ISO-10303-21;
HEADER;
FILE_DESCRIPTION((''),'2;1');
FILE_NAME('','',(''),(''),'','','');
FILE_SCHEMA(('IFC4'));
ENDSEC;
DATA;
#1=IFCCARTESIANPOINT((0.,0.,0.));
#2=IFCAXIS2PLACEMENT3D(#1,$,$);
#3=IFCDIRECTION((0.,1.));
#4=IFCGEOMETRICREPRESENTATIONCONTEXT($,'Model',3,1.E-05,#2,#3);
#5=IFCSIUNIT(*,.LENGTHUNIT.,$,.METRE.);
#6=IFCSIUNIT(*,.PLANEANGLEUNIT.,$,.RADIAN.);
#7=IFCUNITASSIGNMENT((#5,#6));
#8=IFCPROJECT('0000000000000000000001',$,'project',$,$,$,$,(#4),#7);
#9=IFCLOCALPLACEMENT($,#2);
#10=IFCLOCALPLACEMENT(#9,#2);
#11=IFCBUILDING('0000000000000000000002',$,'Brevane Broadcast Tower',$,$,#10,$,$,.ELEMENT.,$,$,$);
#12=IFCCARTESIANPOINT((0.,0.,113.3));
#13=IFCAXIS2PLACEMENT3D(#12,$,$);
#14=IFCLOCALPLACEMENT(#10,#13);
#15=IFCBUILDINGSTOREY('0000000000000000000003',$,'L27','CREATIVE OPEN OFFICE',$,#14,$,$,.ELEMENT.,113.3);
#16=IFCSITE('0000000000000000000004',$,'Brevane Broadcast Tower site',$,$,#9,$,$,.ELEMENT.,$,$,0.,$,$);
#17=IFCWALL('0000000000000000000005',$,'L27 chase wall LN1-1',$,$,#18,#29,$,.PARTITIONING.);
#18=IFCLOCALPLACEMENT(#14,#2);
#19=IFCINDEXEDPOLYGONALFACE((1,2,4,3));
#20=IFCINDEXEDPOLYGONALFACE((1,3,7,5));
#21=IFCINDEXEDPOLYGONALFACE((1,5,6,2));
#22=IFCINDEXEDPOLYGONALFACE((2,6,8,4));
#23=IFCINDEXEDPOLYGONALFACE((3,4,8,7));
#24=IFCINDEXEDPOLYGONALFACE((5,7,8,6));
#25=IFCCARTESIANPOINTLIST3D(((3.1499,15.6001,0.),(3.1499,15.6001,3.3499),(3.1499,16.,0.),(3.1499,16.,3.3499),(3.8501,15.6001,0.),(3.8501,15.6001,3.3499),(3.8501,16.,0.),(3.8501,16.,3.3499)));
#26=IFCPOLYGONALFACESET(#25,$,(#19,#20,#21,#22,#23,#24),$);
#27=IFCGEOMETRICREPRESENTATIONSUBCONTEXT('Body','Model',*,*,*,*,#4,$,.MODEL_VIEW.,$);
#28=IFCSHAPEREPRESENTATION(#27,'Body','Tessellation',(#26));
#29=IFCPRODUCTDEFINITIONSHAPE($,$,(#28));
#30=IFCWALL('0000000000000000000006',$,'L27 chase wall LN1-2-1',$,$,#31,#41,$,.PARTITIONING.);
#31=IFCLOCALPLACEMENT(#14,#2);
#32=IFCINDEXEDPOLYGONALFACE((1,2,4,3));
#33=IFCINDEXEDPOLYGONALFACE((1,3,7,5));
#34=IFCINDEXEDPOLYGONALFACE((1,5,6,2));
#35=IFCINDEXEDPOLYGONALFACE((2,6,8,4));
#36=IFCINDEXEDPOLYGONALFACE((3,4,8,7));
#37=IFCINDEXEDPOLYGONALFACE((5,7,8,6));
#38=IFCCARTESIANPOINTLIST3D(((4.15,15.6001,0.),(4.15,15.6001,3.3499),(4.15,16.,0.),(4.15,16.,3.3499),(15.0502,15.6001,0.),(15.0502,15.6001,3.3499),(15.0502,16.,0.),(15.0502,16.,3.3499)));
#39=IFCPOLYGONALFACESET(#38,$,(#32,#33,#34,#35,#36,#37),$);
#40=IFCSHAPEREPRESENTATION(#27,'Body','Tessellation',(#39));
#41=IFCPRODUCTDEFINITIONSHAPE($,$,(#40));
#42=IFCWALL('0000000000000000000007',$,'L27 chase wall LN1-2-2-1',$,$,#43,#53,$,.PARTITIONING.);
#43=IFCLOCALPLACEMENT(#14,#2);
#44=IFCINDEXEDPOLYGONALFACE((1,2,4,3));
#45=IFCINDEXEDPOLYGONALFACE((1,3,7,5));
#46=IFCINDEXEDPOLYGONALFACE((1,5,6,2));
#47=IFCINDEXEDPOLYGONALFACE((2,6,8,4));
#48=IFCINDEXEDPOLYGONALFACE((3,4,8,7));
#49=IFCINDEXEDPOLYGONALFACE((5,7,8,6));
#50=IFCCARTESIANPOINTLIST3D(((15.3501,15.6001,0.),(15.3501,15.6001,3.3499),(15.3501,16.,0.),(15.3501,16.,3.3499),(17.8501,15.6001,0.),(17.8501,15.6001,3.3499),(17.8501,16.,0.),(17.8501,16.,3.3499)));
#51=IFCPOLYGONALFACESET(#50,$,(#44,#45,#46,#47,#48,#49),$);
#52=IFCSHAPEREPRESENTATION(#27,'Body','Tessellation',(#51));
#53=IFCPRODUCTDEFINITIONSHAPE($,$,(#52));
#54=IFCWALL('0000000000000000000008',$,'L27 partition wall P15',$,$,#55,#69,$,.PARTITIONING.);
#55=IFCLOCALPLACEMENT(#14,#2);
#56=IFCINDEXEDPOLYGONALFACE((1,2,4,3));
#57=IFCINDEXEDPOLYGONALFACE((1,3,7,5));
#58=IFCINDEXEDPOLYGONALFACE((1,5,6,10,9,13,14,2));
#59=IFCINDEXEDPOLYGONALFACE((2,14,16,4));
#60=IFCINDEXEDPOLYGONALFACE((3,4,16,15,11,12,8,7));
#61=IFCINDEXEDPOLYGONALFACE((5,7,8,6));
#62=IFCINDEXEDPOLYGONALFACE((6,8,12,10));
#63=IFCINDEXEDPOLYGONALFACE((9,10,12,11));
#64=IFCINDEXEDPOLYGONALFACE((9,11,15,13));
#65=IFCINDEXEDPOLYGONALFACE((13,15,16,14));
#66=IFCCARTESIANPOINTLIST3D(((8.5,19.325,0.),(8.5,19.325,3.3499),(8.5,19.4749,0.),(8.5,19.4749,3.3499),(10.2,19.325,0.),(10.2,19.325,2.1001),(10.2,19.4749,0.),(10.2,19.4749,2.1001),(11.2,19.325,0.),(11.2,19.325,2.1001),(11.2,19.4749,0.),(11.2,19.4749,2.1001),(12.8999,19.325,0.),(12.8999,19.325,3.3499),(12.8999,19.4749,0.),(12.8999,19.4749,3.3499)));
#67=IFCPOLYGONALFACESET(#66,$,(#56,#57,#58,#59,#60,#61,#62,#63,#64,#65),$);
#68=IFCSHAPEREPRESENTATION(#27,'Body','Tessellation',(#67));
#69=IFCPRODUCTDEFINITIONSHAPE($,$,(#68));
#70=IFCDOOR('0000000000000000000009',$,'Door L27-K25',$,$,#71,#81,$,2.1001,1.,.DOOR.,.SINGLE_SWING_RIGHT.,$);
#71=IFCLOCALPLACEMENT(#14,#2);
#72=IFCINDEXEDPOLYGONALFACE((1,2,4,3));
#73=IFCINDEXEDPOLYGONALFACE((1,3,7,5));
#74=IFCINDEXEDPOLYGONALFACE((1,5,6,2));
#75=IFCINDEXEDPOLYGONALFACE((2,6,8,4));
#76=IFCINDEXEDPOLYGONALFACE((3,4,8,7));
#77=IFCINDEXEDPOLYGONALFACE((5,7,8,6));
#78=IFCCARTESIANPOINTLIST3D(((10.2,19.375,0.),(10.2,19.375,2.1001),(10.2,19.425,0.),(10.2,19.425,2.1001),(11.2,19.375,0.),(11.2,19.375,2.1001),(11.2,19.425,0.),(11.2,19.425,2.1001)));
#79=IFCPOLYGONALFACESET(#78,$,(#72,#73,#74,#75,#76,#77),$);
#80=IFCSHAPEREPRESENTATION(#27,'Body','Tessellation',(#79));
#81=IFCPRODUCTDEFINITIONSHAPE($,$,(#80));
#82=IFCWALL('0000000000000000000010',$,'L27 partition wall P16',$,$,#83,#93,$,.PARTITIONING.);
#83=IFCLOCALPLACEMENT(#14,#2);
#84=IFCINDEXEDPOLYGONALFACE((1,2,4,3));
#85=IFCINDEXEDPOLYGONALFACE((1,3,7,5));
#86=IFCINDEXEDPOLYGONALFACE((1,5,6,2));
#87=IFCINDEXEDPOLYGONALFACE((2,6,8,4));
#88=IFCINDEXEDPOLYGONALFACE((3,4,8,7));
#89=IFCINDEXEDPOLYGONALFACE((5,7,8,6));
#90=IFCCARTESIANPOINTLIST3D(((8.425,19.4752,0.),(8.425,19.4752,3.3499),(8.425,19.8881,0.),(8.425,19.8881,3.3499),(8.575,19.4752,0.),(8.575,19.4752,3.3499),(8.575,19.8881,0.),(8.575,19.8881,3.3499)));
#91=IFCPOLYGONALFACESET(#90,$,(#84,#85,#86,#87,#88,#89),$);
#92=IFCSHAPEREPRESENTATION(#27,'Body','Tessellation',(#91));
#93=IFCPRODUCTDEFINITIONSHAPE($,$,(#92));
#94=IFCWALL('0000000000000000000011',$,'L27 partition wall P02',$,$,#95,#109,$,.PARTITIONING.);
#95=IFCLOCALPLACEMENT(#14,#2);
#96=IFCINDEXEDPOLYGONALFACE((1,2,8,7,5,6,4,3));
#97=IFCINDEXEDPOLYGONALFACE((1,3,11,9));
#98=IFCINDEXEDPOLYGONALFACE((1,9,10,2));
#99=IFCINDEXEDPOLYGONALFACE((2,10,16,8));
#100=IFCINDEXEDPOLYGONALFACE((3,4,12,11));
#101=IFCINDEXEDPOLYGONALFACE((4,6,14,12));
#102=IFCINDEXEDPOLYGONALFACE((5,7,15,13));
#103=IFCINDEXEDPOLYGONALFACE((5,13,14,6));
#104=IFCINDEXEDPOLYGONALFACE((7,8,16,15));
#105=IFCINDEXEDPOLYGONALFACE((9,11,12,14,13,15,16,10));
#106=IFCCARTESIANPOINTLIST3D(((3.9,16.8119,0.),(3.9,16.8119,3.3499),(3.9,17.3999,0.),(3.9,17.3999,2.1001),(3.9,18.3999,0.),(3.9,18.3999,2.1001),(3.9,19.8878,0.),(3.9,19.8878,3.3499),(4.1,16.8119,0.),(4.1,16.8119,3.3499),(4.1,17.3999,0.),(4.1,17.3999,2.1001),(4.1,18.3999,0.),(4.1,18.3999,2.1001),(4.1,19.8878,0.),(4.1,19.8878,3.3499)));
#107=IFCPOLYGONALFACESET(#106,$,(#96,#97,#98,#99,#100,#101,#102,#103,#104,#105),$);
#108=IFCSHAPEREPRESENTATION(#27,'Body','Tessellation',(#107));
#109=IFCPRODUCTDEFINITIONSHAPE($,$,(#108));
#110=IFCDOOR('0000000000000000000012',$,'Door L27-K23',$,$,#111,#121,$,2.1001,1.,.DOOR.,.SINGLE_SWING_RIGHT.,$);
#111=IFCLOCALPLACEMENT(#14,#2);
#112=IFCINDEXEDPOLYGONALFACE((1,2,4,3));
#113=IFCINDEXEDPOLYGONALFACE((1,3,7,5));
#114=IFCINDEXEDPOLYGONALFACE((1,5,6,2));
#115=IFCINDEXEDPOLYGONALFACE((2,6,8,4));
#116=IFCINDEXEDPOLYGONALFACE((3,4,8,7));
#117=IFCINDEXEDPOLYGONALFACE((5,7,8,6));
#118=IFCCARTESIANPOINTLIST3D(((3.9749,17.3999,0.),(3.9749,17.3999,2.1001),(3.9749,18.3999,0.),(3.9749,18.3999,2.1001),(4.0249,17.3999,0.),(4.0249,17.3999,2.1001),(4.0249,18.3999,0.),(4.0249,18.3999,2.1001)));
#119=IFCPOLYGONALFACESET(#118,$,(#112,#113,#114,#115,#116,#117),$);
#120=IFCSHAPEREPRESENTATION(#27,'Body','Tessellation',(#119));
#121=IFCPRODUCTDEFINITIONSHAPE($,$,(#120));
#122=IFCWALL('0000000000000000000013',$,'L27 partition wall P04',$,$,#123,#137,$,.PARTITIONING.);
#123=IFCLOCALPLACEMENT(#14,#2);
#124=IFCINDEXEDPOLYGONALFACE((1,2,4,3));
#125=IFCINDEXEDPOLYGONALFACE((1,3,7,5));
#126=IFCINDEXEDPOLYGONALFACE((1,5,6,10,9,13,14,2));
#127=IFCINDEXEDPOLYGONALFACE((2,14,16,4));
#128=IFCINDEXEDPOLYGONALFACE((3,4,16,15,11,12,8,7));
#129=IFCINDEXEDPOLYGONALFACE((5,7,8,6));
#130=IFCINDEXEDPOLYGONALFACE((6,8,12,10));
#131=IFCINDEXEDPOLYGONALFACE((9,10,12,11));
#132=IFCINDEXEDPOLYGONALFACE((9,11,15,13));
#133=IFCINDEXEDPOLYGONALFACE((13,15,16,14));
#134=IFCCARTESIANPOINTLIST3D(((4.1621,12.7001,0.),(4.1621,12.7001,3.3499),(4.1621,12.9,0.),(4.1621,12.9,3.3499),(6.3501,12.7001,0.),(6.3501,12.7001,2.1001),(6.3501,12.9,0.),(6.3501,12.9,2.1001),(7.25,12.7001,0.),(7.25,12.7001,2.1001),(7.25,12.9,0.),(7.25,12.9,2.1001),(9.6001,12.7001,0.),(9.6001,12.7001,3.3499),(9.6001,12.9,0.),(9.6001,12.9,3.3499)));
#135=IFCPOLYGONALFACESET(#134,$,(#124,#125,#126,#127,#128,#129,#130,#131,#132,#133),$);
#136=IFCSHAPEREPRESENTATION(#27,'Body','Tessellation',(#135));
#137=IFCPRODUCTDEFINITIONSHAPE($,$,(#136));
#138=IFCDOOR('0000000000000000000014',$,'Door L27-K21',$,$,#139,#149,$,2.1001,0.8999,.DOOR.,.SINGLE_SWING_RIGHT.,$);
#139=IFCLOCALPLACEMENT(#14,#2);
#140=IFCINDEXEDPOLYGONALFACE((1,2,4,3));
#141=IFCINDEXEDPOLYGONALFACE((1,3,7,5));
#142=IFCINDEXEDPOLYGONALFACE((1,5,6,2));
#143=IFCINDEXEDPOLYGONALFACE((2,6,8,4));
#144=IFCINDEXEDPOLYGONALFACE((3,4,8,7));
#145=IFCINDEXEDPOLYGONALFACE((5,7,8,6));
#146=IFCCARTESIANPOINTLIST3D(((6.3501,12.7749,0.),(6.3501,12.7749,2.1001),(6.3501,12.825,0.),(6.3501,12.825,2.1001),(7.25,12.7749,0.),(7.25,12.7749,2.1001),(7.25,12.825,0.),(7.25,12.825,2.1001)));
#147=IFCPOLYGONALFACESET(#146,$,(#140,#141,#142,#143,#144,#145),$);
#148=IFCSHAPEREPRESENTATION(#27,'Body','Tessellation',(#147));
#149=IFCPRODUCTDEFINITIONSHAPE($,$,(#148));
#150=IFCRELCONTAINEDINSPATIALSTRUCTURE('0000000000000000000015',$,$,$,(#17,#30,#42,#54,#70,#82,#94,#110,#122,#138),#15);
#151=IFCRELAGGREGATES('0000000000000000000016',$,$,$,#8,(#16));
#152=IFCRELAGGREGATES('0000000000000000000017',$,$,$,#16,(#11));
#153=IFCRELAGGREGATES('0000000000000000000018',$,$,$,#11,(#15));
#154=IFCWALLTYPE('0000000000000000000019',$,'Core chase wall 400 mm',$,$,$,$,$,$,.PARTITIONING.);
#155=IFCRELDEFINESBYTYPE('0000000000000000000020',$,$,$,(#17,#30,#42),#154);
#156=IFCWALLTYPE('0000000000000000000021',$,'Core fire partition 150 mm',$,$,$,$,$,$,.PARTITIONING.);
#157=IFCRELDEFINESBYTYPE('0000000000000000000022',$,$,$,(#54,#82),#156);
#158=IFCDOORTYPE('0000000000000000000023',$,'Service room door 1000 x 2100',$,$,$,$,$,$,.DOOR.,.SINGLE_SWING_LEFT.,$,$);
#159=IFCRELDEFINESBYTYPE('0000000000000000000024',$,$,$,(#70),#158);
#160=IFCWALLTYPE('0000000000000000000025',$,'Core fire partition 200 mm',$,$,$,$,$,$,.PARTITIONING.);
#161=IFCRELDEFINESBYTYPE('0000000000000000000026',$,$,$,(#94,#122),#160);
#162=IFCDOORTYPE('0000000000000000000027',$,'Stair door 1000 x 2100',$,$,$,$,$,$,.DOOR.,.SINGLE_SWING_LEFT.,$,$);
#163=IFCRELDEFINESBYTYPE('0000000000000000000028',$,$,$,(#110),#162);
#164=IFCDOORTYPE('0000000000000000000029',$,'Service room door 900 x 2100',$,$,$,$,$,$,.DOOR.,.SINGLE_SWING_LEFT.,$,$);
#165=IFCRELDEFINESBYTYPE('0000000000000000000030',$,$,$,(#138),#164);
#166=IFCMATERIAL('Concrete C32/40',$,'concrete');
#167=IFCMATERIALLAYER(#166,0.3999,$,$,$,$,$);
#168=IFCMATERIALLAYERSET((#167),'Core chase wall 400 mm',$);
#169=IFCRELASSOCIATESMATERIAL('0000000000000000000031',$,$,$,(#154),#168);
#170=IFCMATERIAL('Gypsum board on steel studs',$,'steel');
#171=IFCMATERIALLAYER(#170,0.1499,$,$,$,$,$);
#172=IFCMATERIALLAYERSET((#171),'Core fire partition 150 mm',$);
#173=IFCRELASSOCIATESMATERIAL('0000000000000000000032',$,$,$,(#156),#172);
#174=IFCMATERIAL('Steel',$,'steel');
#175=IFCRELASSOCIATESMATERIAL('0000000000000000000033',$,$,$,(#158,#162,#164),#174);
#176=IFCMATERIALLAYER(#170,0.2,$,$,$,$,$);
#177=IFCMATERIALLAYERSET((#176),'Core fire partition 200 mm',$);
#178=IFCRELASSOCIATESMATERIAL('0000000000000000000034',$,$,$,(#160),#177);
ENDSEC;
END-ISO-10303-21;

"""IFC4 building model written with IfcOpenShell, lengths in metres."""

from ifc_helpers import new_model, si_unit, direction, frame, frame_2d, origin, place, context, subcontext, project, spatial, rectangle, extrude, material, layer, layer_set, type_object, element, fill, save


model = new_model("IFC4")

# Units and contexts
model_context = context("Model", 3, precision=1e-05, world=origin(), true_north=direction((0.0, 1.0)))
body_context = subcontext(model_context, "Body", "Model", "MODEL_VIEW")
ifc_project = project(units=[si_unit("LENGTHUNIT", "METRE"), si_unit("PLANEANGLEUNIT", "RADIAN")], contexts=[model_context])

# Site, building, storey
site_placement = place(None, origin())
site = spatial("IfcSite", under=ifc_project, at=site_placement, Name="Brevane Broadcast Tower site", CompositionType="ELEMENT", RefElevation=0.0)
building_placement = place(site_placement, origin())
building = spatial("IfcBuilding", under=site, at=building_placement, Name="Brevane Broadcast Tower", CompositionType="ELEMENT")
storey_placement = place(building_placement, frame((0.0, 0.0, 113.3)))
storey = spatial("IfcBuildingStorey", under=building, at=storey_placement, Name="L27", Description="CREATIVE OPEN OFFICE", CompositionType="ELEMENT", Elevation=113.3)

# Walls
ifc_material_1 = material(Name="Concrete C32/40", Category="concrete")
ifc_layer_1 = layer(ifc_material_1, 0.3999)
ifc_layer_set_1 = layer_set([ifc_layer_1], Name="Core chase wall 400 mm")
wall_type_1 = type_object("IfcWallType", Name="Core chase wall 400 mm", PredefinedType="PARTITIONING", material=ifc_layer_set_1)
wall_1_placement = place(storey_placement, frame((3.1499, 15.8, 0.0), z_axis=(0.0, 0.0, 1.0), x_axis=(1.0, 0.0, 0.0)))
element("IfcWall", 1, at=wall_1_placement, inside=storey, type_object=wall_type_1, Name="L27 chase wall LN1-1", PredefinedType="PARTITIONING", context=body_context, shape_type="SweptSolid", body=[
    extrude(rectangle(XDim=0.7002, YDim=0.3999, at=frame_2d((0.3501, 0.0))), origin(), (0.0, 0.0, 1.0), 3.3499),
])
wall_2_placement = place(storey_placement, frame((4.1499, 15.8, 0.0), z_axis=(0.0, 0.0, 1.0), x_axis=(1.0, 0.0, 0.0)))
element("IfcWall", 2, at=wall_2_placement, inside=storey, type_object=wall_type_1, Name="L27 chase wall LN1-2-1", PredefinedType="PARTITIONING", context=body_context, shape_type="SweptSolid", body=[
    extrude(rectangle(XDim=10.9001, YDim=0.3999, at=frame_2d((5.4502, 0.0))), origin(), (0.0, 0.0, 1.0), 3.3499),
])
wall_3_placement = place(storey_placement, frame((15.3501, 15.8, 0.0), z_axis=(0.0, 0.0, 1.0), x_axis=(1.0, 0.0, 0.0)))
element("IfcWall", 3, at=wall_3_placement, inside=storey, type_object=wall_type_1, Name="L27 chase wall LN1-2-2-1", PredefinedType="PARTITIONING", context=body_context, shape_type="SweptSolid", body=[
    extrude(rectangle(XDim=2.5, YDim=0.3999, at=frame_2d((1.25, 0.0))), origin(), (0.0, 0.0, 1.0), 3.3499),
])

# Wall, opening, door
ifc_material_2 = material(Name="Gypsum board on steel studs", Category="steel")
ifc_layer_2 = layer(ifc_material_2, 0.1499)
ifc_layer_set_2 = layer_set([ifc_layer_2], Name="Core fire partition 150 mm")
wall_type_2 = type_object("IfcWallType", Name="Core fire partition 150 mm", PredefinedType="PARTITIONING", material=ifc_layer_set_2)
wall_4_placement = place(storey_placement, frame((12.8999, 19.3999, 0.0), z_axis=(0.0, 0.0, 1.0), x_axis=(-1.0, 0.0, 0.0)))
wall_4 = element("IfcWall", 4, at=wall_4_placement, inside=storey, type_object=wall_type_2, Name="L27 partition wall P15", PredefinedType="PARTITIONING", context=body_context, shape_type="SweptSolid", body=[
    extrude(rectangle(XDim=4.3999, YDim=0.1499, at=frame_2d((2.2, 0.0))), origin(), (0.0, 0.0, 1.0), 3.3499),
])
opening_1_placement = place(wall_4_placement, frame((1.7, 0.0, 0.0)))
opening_1 = element("IfcOpeningElement", 5, at=opening_1_placement, cuts=wall_4, PredefinedType="OPENING", context=body_context, shape_type="SweptSolid", body=[
    extrude(rectangle(XDim=1.0, YDim=2.1001, at=frame_2d((0.5, 1.05))), frame((0.0, 0.085, 0.0), z_axis=(0.0, -1.0, 0.0), x_axis=(1.0, 0.0, 0.0)), (0.0, 0.0, 1.0), 0.1699),
])
ifc_material_3 = material(Name="Steel", Category="steel")
door_type_1 = type_object("IfcDoorType", Name="Service room door 1000 x 2100", OperationType="SINGLE_SWING_LEFT", PredefinedType="DOOR", material=ifc_material_3)
door_1_placement = place(opening_1_placement, origin())
door_1 = element("IfcDoor", 6, at=door_1_placement, inside=storey, type_object=door_type_1, Name="Door L27-K25", OperationType="SINGLE_SWING_RIGHT", OverallHeight=2.1001, OverallWidth=1.0, PredefinedType="DOOR", context=body_context, shape_type="SweptSolid", body=[
    extrude(rectangle(XDim=1.0, YDim=2.1001, at=frame_2d((0.5, 1.05))), frame((0.0, 0.0249, 0.0), z_axis=(0.0, -1.0, 0.0), x_axis=(1.0, 0.0, 0.0)), (0.0, 0.0, 1.0), 0.05),
])
fill(opening_1, door_1)

# Wall
wall_5_placement = place(storey_placement, frame((8.5, 19.4751, 0.0), z_axis=(0.0, 0.0, 1.0), x_axis=(0.0, 1.0, 0.0)))
element("IfcWall", 7, at=wall_5_placement, inside=storey, type_object=wall_type_2, Name="L27 partition wall P16", PredefinedType="PARTITIONING", context=body_context, shape_type="SweptSolid", body=[
    extrude(rectangle(XDim=0.4128, YDim=0.1499, at=frame_2d((0.2065, 0.0))), origin(), (0.0, 0.0, 1.0), 3.3499),
])

# Walls, openings, doors
ifc_layer_3 = layer(ifc_material_2, 0.2)
ifc_layer_set_3 = layer_set([ifc_layer_3], Name="Core fire partition 200 mm")
wall_type_3 = type_object("IfcWallType", Name="Core fire partition 200 mm", PredefinedType="PARTITIONING", material=ifc_layer_set_3)
wall_6_placement = place(storey_placement, frame((4.0, 19.8879, 0.0), z_axis=(0.0, 0.0, 1.0), x_axis=(0.0, -1.0, 0.0)))
wall_6 = element("IfcWall", 8, at=wall_6_placement, inside=storey, type_object=wall_type_3, Name="L27 partition wall P02", PredefinedType="PARTITIONING", context=body_context, shape_type="SweptSolid", body=[
    extrude(rectangle(XDim=3.0759, YDim=0.2, at=frame_2d((1.5381, 0.0))), origin(), (0.0, 0.0, 1.0), 3.3499),
])
opening_2_placement = place(wall_6_placement, frame((1.488, 0.0, 0.0)))
opening_2 = element("IfcOpeningElement", 9, at=opening_2_placement, cuts=wall_6, PredefinedType="OPENING", context=body_context, shape_type="SweptSolid", body=[
    extrude(rectangle(XDim=1.0, YDim=2.1001, at=frame_2d((0.5, 1.05))), frame((0.0, 0.1099, 0.0), z_axis=(0.0, -1.0, 0.0), x_axis=(1.0, 0.0, 0.0)), (0.0, 0.0, 1.0), 0.22),
])
door_type_2 = type_object("IfcDoorType", Name="Stair door 1000 x 2100", OperationType="SINGLE_SWING_LEFT", PredefinedType="DOOR", material=ifc_material_3)
door_2_placement = place(opening_2_placement, origin())
door_2 = element("IfcDoor", 10, at=door_2_placement, inside=storey, type_object=door_type_2, Name="Door L27-K23", OperationType="SINGLE_SWING_RIGHT", OverallHeight=2.1001, OverallWidth=1.0, PredefinedType="DOOR", context=body_context, shape_type="SweptSolid", body=[
    extrude(rectangle(XDim=1.0, YDim=2.1001, at=frame_2d((0.5, 1.05))), frame((0.0, 0.0249, 0.0), z_axis=(0.0, -1.0, 0.0), x_axis=(1.0, 0.0, 0.0)), (0.0, 0.0, 1.0), 0.05),
])
fill(opening_2, door_2)
wall_7_placement = place(storey_placement, frame((4.1621, 12.8, 0.0), z_axis=(0.0, 0.0, 1.0), x_axis=(1.0, 0.0, 0.0)))
wall_7 = element("IfcWall", 11, at=wall_7_placement, inside=storey, type_object=wall_type_3, Name="L27 partition wall P04", PredefinedType="PARTITIONING", context=body_context, shape_type="SweptSolid", body=[
    extrude(rectangle(XDim=5.438, YDim=0.2, at=frame_2d((2.719, 0.0))), origin(), (0.0, 0.0, 1.0), 3.3499),
])
opening_3_placement = place(wall_7_placement, frame((2.188, 0.0, 0.0)))
opening_3 = element("IfcOpeningElement", 12, at=opening_3_placement, cuts=wall_7, PredefinedType="OPENING", context=body_context, shape_type="SweptSolid", body=[
    extrude(rectangle(XDim=0.8999, YDim=2.1001, at=frame_2d((0.45, 1.05))), frame((0.0, 0.1099, 0.0), z_axis=(0.0, -1.0, 0.0), x_axis=(1.0, 0.0, 0.0)), (0.0, 0.0, 1.0), 0.22),
])
door_type_3 = type_object("IfcDoorType", Name="Service room door 900 x 2100", OperationType="SINGLE_SWING_LEFT", PredefinedType="DOOR", material=ifc_material_3)
door_3_placement = place(opening_3_placement, origin())
door_3 = element("IfcDoor", 13, at=door_3_placement, inside=storey, type_object=door_type_3, Name="Door L27-K21", OperationType="SINGLE_SWING_RIGHT", OverallHeight=2.1001, OverallWidth=0.8999, PredefinedType="DOOR", context=body_context, shape_type="SweptSolid", body=[
    extrude(rectangle(XDim=0.8999, YDim=2.1001, at=frame_2d((0.45, 1.05))), frame((0.0, 0.0249, 0.0), z_axis=(0.0, -1.0, 0.0), x_axis=(1.0, 0.0, 0.0)), (0.0, 0.0, 1.0), 0.05),
])
fill(opening_3, door_3)

save(model, "model.ifc")
